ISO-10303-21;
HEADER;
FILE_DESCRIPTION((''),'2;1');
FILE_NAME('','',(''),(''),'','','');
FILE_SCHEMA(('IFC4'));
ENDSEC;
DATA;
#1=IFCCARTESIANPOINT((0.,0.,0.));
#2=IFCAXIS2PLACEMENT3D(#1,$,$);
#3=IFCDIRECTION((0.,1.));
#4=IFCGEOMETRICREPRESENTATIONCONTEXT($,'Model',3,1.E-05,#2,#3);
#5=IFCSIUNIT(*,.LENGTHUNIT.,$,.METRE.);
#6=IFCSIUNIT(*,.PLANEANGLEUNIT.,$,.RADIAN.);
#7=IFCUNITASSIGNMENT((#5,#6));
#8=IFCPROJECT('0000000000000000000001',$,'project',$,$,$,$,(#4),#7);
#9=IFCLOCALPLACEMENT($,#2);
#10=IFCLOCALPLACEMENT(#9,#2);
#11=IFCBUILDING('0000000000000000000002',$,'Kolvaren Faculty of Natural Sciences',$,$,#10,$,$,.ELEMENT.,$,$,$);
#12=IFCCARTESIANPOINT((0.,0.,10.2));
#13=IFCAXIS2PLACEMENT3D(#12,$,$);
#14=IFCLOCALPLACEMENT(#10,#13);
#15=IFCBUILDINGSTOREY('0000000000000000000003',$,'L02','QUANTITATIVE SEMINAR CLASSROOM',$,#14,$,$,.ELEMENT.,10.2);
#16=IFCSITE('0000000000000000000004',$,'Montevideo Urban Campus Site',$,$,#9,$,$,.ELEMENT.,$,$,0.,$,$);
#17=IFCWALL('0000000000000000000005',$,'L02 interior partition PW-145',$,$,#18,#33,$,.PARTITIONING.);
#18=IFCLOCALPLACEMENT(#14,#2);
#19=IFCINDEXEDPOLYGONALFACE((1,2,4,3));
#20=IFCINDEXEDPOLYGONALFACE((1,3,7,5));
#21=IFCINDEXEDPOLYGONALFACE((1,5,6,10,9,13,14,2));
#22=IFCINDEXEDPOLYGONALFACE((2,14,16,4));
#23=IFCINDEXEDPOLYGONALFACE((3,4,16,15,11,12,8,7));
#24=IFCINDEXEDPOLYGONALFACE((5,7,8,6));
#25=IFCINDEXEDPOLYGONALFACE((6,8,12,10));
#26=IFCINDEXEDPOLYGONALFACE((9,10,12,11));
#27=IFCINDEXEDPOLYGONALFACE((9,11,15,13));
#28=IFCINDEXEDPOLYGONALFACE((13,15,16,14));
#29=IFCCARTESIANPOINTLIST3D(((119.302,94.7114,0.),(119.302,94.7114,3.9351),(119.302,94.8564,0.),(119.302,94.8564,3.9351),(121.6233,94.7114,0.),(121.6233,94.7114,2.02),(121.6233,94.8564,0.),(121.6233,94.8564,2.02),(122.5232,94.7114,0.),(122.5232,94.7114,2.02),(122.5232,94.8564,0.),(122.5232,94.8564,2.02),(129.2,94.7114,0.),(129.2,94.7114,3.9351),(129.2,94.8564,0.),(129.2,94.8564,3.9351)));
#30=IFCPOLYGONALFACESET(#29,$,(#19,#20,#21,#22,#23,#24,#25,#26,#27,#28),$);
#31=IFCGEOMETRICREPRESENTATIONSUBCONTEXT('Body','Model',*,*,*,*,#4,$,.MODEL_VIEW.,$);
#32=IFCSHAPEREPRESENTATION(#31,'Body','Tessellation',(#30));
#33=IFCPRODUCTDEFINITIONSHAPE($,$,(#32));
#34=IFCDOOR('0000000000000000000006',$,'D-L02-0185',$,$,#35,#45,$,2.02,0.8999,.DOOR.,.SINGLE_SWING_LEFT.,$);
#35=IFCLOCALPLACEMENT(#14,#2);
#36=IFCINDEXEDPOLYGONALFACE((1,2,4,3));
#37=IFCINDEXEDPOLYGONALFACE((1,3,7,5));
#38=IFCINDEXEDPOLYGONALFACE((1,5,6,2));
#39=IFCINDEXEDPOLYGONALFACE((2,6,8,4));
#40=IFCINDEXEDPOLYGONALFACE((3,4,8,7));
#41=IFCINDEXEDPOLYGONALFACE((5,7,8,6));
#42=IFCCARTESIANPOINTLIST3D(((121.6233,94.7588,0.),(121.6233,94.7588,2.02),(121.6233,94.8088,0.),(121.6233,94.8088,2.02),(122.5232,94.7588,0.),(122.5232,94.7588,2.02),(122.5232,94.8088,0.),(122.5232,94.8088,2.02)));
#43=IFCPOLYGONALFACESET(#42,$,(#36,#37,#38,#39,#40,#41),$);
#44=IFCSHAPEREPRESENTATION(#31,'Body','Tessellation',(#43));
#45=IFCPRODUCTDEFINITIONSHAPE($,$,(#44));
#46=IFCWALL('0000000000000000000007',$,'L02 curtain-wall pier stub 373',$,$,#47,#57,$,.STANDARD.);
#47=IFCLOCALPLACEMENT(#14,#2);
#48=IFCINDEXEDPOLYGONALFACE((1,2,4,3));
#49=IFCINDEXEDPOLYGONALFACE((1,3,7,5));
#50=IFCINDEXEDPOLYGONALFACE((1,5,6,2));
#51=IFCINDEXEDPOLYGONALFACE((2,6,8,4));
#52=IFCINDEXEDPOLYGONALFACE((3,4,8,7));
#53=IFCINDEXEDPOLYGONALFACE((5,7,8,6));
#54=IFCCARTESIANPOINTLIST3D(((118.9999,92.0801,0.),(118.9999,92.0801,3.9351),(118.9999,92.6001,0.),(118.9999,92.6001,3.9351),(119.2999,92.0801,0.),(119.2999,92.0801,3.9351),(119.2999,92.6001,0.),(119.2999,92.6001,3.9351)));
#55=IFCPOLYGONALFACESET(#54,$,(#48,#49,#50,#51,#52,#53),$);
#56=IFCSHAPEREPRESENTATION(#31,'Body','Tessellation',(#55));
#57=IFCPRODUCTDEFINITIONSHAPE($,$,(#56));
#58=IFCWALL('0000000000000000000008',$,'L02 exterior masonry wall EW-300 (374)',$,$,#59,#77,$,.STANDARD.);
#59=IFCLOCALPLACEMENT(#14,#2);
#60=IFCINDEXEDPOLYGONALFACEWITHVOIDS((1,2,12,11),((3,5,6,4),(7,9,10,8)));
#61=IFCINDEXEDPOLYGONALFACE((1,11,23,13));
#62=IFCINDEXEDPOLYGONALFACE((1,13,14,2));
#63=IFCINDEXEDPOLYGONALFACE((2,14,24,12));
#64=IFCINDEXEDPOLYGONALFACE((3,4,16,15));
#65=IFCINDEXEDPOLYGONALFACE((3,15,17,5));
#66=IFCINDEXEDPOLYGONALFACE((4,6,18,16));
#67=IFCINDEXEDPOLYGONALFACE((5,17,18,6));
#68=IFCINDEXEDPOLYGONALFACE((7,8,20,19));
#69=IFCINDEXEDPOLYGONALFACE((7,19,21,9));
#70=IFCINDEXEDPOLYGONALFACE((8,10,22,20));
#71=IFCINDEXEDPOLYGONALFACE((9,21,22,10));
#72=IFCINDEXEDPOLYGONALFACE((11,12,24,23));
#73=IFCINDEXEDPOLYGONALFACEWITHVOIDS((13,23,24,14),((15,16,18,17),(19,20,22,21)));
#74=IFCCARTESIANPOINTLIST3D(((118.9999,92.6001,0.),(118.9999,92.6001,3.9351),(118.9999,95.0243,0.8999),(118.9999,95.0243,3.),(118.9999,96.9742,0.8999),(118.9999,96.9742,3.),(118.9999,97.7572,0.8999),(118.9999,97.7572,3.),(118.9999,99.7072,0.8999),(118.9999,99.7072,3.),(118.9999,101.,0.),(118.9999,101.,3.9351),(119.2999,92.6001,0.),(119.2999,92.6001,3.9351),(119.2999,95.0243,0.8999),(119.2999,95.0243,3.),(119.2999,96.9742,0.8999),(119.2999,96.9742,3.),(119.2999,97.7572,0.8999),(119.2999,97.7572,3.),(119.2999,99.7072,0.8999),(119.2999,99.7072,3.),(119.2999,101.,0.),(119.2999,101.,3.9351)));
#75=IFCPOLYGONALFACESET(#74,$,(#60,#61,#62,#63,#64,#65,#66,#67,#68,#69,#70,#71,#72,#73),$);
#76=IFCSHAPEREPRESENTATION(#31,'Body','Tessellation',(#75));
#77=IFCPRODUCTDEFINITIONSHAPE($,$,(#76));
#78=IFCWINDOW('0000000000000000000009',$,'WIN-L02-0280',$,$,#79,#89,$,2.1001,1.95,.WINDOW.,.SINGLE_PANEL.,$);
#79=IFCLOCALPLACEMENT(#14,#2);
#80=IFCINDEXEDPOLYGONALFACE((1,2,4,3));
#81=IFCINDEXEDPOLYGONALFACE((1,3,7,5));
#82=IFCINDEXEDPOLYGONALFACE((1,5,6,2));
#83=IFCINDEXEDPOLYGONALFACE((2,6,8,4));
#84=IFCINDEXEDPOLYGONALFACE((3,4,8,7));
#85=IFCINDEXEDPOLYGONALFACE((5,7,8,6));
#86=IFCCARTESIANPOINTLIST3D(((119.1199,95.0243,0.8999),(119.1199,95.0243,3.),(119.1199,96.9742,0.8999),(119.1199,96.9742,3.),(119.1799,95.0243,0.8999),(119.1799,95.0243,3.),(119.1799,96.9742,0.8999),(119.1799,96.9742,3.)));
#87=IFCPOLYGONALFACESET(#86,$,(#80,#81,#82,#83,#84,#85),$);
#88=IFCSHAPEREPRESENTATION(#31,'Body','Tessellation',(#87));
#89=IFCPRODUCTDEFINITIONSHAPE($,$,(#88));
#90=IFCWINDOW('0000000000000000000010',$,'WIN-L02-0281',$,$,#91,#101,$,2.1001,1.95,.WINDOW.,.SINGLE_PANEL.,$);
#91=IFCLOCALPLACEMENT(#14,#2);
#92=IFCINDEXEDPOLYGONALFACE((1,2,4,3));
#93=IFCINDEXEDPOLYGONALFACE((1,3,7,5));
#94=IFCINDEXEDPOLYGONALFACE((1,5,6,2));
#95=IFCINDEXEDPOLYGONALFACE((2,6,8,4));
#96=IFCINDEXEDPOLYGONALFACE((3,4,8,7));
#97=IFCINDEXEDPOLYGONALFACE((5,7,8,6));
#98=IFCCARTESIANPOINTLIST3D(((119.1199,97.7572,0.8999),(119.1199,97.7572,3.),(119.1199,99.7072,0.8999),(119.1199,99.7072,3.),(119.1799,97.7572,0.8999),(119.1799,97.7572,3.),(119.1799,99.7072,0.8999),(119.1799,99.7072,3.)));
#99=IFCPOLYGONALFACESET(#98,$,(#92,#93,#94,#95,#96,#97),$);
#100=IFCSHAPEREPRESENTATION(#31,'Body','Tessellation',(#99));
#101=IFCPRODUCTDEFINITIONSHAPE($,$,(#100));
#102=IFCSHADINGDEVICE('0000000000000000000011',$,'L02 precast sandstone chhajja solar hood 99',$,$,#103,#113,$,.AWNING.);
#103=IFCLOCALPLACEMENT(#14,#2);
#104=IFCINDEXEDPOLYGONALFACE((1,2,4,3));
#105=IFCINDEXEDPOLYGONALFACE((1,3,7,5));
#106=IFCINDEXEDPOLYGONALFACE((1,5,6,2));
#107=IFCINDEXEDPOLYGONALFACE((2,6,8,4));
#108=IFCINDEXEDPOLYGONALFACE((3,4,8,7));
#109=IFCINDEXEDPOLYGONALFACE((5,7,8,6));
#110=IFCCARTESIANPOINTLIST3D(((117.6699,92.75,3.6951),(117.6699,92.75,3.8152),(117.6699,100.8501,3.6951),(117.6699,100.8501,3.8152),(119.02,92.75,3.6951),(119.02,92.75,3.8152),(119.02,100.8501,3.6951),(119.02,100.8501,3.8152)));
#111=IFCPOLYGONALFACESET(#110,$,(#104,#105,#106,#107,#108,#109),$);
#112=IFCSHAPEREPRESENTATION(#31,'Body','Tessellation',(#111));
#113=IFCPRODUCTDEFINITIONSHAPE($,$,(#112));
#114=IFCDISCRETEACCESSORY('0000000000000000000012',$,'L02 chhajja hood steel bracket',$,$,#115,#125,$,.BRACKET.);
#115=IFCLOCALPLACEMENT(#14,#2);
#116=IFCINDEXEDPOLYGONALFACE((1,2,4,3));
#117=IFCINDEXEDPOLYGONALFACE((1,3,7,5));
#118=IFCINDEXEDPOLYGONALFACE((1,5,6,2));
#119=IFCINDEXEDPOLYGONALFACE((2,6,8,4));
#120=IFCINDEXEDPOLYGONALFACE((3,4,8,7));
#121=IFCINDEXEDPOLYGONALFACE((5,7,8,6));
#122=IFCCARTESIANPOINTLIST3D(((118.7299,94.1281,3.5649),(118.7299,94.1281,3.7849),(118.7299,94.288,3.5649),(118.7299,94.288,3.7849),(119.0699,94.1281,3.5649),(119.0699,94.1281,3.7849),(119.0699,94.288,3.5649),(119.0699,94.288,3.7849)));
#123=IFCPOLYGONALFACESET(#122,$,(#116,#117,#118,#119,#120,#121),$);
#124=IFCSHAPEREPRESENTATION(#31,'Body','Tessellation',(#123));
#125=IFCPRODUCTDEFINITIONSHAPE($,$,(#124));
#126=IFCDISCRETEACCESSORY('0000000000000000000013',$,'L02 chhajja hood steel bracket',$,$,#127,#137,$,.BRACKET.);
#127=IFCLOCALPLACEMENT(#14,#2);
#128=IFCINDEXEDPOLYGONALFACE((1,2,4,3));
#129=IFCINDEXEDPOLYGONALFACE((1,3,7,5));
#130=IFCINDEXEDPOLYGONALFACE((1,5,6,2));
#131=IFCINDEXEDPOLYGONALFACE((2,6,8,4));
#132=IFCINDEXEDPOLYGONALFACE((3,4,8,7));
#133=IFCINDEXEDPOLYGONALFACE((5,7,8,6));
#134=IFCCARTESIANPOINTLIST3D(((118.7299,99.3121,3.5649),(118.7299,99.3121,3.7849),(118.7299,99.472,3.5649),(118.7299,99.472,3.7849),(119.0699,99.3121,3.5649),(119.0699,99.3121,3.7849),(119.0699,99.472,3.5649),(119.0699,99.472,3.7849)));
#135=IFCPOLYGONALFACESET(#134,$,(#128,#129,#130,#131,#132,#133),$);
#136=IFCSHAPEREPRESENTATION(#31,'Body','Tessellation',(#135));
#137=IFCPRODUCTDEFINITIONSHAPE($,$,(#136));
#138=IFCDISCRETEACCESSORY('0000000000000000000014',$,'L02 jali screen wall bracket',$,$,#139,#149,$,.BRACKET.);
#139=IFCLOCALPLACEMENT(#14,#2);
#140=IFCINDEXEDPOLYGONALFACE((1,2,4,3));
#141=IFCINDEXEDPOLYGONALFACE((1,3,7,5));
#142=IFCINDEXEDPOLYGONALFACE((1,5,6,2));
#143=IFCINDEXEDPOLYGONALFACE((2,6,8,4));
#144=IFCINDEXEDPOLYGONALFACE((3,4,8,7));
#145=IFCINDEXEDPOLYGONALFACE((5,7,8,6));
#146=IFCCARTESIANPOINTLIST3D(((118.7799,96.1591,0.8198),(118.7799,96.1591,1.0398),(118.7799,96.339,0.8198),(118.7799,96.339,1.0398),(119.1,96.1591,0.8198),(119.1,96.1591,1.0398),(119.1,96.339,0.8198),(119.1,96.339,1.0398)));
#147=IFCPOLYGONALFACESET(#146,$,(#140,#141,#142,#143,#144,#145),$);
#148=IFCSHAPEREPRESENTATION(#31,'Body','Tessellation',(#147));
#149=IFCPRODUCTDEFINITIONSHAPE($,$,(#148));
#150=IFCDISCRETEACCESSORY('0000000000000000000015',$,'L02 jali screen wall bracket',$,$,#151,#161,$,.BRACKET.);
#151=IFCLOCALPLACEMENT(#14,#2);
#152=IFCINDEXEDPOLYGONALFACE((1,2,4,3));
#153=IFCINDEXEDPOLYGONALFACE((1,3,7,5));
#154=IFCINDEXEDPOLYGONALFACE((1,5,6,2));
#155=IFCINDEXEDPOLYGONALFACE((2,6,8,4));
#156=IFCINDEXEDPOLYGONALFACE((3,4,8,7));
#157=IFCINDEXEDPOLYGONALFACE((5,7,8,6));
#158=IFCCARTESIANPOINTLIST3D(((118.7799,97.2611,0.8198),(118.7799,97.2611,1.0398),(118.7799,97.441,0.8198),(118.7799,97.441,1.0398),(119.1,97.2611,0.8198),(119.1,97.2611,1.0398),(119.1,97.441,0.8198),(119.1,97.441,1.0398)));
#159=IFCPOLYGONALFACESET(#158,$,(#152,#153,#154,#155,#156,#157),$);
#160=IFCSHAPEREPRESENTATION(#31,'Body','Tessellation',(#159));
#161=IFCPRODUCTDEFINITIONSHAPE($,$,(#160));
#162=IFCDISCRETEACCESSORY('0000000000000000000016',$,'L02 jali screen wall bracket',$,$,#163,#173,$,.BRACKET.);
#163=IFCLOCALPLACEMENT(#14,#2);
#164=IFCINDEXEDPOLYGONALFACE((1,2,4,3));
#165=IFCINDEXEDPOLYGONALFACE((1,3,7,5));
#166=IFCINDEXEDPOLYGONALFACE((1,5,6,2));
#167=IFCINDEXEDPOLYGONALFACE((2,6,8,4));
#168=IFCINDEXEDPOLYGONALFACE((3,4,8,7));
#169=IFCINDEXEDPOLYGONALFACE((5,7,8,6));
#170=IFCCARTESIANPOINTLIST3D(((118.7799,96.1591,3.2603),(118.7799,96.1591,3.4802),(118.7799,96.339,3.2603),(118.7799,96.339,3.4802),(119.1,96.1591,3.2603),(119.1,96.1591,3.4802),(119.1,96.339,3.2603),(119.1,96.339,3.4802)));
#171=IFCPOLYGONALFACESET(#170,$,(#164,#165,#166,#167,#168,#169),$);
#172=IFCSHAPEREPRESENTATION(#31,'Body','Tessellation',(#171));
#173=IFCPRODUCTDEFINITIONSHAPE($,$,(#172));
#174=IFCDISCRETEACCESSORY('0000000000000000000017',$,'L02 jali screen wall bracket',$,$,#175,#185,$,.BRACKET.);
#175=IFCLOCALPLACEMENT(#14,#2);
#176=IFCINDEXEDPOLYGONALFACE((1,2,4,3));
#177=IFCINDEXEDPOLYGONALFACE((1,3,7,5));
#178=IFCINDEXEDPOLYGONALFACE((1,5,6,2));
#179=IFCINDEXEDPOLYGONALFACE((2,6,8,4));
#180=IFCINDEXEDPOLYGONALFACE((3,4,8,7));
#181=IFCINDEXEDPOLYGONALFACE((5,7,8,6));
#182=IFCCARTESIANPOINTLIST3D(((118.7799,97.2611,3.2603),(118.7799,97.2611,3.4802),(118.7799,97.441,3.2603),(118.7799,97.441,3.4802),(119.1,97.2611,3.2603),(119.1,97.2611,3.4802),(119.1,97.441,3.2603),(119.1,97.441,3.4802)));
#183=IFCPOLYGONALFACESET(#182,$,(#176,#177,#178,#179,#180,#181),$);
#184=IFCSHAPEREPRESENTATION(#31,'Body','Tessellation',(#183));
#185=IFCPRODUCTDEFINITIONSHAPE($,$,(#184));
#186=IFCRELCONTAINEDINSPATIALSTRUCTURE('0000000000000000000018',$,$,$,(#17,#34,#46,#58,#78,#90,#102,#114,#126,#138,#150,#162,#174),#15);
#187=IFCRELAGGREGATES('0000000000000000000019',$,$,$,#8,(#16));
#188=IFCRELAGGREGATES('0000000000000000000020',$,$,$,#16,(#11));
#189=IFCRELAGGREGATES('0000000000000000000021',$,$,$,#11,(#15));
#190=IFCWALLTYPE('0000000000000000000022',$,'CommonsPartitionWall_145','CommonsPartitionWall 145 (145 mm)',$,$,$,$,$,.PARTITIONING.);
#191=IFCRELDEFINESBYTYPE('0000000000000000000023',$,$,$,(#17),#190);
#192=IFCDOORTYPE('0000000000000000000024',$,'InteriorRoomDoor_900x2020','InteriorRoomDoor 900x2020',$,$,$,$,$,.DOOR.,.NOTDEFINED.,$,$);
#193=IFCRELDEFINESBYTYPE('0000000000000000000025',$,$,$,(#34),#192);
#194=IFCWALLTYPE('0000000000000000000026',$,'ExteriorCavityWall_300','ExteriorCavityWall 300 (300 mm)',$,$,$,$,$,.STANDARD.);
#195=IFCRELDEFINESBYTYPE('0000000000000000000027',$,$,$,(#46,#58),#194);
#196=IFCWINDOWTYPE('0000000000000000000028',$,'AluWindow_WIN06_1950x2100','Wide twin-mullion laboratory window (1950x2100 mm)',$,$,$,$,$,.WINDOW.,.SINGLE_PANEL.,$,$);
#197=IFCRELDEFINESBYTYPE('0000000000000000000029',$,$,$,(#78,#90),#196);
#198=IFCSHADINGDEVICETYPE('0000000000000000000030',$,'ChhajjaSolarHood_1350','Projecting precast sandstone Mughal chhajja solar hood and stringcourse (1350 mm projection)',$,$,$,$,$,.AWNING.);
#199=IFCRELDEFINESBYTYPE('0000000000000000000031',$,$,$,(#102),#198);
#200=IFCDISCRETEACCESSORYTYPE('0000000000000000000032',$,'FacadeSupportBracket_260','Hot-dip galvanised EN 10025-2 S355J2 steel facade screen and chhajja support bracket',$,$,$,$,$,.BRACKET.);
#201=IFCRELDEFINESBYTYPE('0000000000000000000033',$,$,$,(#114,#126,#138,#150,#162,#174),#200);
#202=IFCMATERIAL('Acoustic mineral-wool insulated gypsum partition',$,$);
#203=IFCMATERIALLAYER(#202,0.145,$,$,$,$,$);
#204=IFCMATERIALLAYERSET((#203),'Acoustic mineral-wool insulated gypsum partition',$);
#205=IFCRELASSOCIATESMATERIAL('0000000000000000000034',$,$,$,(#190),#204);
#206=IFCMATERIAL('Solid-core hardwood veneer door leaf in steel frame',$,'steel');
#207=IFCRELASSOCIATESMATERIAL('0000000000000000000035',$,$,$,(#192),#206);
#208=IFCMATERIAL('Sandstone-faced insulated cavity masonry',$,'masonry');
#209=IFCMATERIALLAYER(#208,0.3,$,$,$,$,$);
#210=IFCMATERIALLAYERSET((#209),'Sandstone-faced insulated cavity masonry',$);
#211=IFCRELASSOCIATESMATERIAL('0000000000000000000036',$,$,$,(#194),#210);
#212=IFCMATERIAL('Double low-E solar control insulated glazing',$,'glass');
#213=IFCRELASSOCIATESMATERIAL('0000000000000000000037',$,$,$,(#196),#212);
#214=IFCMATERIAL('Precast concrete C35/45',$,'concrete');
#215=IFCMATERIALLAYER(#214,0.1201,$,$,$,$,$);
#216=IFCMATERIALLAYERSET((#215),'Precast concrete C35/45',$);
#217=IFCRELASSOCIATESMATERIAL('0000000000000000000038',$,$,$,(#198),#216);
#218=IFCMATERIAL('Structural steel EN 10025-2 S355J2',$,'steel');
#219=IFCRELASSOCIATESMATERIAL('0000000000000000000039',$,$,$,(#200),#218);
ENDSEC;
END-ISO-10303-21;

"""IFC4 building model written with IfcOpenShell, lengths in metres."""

from ifc_helpers import new_model, si_unit, direction, frame, frame_2d, origin, origin_2d, place, context, subcontext, project, spatial, rectangle, extrude, material, layer, layer_set, type_object, element, fill, save


model = new_model("IFC4")

# Units and contexts
model_context = context("Model", 3, precision=1e-05, world=origin(), true_north=direction((0.0, 1.0)))
body_context = subcontext(model_context, "Body", "Model", "MODEL_VIEW")
ifc_project = project(units=[si_unit("LENGTHUNIT", "METRE"), si_unit("PLANEANGLEUNIT", "RADIAN")], contexts=[model_context])

# Site, building, storey
site_placement = place(None, origin())
site = spatial("IfcSite", under=ifc_project, at=site_placement, Name="Montevideo Urban Campus Site", CompositionType="ELEMENT", RefElevation=0.0)
building_placement = place(site_placement, origin())
building = spatial("IfcBuilding", under=site, at=building_placement, Name="Kolvaren Faculty of Natural Sciences", CompositionType="ELEMENT")
storey_placement = place(building_placement, frame((0.0, 0.0, 10.2)))
storey = spatial("IfcBuildingStorey", under=building, at=storey_placement, Name="L02", Description="QUANTITATIVE SEMINAR CLASSROOM", CompositionType="ELEMENT", Elevation=10.2)

# Shared definitions
ifc_material_1 = material(Name="Double low-E solar control insulated glazing", Category="glass")

# Wall, opening, door
ifc_material_2 = material(Name="Acoustic mineral-wool insulated gypsum partition")
ifc_layer_1 = layer(ifc_material_2, 0.145)
ifc_layer_set_1 = layer_set([ifc_layer_1], Name="Acoustic mineral-wool insulated gypsum partition")
wall_type_1 = type_object("IfcWallType", Name="CommonsPartitionWall_145", Description="CommonsPartitionWall 145 (145 mm)", PredefinedType="PARTITIONING", material=ifc_layer_set_1)
wall_1_placement = place(storey_placement, frame((119.302, 94.7839, 0.0), z_axis=(0.0, 0.0, 1.0), x_axis=(1.0, 0.0, 0.0)))
wall_1 = element("IfcWall", 1, at=wall_1_placement, inside=storey, type_object=wall_type_1, Name="L02 interior partition PW-145", PredefinedType="PARTITIONING", context=body_context, shape_type="SweptSolid", body=[
    extrude(rectangle(XDim=9.8979, YDim=0.145, at=frame_2d((4.949, 0.0))), origin(), (0.0, 0.0, 1.0), 3.9351),
])
opening_1_placement = place(wall_1_placement, frame((2.3213, 0.0, 0.0)))
opening_1 = element("IfcOpeningElement", 2, at=opening_1_placement, cuts=wall_1, PredefinedType="OPENING", context=body_context, shape_type="SweptSolid", body=[
    extrude(rectangle(XDim=0.8999, YDim=2.02, at=frame_2d((0.45, 1.01))), frame((0.0, 0.0825, 0.0), z_axis=(0.0, -1.0, 0.0), x_axis=(1.0, 0.0, 0.0)), (0.0, 0.0, 1.0), 0.165),
])
ifc_material_3 = material(Name="Solid-core hardwood veneer door leaf in steel frame", Category="steel")
door_type = type_object("IfcDoorType", Name="InteriorRoomDoor_900x2020", Description="InteriorRoomDoor 900x2020", OperationType="NOTDEFINED", PredefinedType="DOOR", material=ifc_material_3)
door_placement = place(opening_1_placement, origin())
door = element("IfcDoor", 3, at=door_placement, inside=storey, type_object=door_type, Name="D-L02-0185", OperationType="SINGLE_SWING_LEFT", OverallHeight=2.02, OverallWidth=0.8999, PredefinedType="DOOR", context=body_context, shape_type="SweptSolid", body=[
    extrude(rectangle(XDim=0.8999, YDim=2.02, at=frame_2d((0.45, 1.01))), frame((0.0, 0.0249, 0.0), z_axis=(0.0, -1.0, 0.0), x_axis=(1.0, 0.0, 0.0)), (0.0, 0.0, 1.0), 0.05),
])
fill(opening_1, door)

# Wall
ifc_material_4 = material(Name="Sandstone-faced insulated cavity masonry", Category="masonry")
ifc_layer_2 = layer(ifc_material_4, 0.3)
ifc_layer_set_2 = layer_set([ifc_layer_2], Name="Sandstone-faced insulated cavity masonry")
wall_type_2 = type_object("IfcWallType", Name="ExteriorCavityWall_300", Description="ExteriorCavityWall 300 (300 mm)", PredefinedType="STANDARD", material=ifc_layer_set_2)
wall_2_placement = place(storey_placement, frame((119.1499, 92.0801, 0.0), z_axis=(0.0, 0.0, 1.0), x_axis=(0.0, 1.0, 0.0)))
element("IfcWall", 4, at=wall_2_placement, inside=storey, type_object=wall_type_2, Name="L02 curtain-wall pier stub 373", PredefinedType="STANDARD", context=body_context, shape_type="SweptSolid", body=[
    extrude(rectangle(XDim=0.52, YDim=0.3, at=frame_2d((0.26, 0.0))), origin(), (0.0, 0.0, 1.0), 3.9351),
])

# Wall, openings, windows
wall_3_placement = place(storey_placement, frame((119.1499, 92.6001, 0.0), z_axis=(0.0, 0.0, 1.0), x_axis=(0.0, 1.0, 0.0)))
wall_3 = element("IfcWall", 5, at=wall_3_placement, inside=storey, type_object=wall_type_2, Name="L02 exterior masonry wall EW-300 (374)", PredefinedType="STANDARD", context=body_context, shape_type="SweptSolid", body=[
    extrude(rectangle(XDim=8.3999, YDim=0.3, at=frame_2d((4.2, 0.0))), origin(), (0.0, 0.0, 1.0), 3.9351),
])
opening_2_placement = place(wall_3_placement, frame((2.4241, 0.0, 0.8999)))
opening_2 = element("IfcOpeningElement", 6, at=opening_2_placement, cuts=wall_3, PredefinedType="OPENING", context=body_context, shape_type="SweptSolid", body=[
    extrude(rectangle(XDim=1.95, YDim=2.1001, at=frame_2d((0.9751, 1.05))), frame((0.0, 0.1599, 0.0), z_axis=(0.0, -1.0, 0.0), x_axis=(1.0, 0.0, 0.0)), (0.0, 0.0, 1.0), 0.3201),
])
opening_3_placement = place(wall_3_placement, frame((5.157, 0.0, 0.8999)))
opening_3 = element("IfcOpeningElement", 7, at=opening_3_placement, cuts=wall_3, PredefinedType="OPENING", context=body_context, shape_type="SweptSolid", body=[
    extrude(rectangle(XDim=1.95, YDim=2.1001, at=frame_2d((0.9751, 1.05))), frame((0.0, 0.1599, 0.0), z_axis=(0.0, -1.0, 0.0), x_axis=(1.0, 0.0, 0.0)), (0.0, 0.0, 1.0), 0.3201),
])
window_type = type_object("IfcWindowType", Name="AluWindow_WIN06_1950x2100", Description="Wide twin-mullion laboratory window (1950x2100 mm)", PartitioningType="SINGLE_PANEL", PredefinedType="WINDOW", material=ifc_material_1)
window_1_placement = place(opening_2_placement, origin())
window_1 = element("IfcWindow", 8, at=window_1_placement, inside=storey, type_object=window_type, Name="WIN-L02-0280", OverallHeight=2.1001, OverallWidth=1.95, PartitioningType="SINGLE_PANEL", PredefinedType="WINDOW", context=body_context, shape_type="SweptSolid", body=[
    extrude(rectangle(XDim=1.95, YDim=2.1001, at=frame_2d((0.9751, 1.05))), frame((0.0, 0.03, 0.0), z_axis=(0.0, -1.0, 0.0), x_axis=(1.0, 0.0, 0.0)), (0.0, 0.0, 1.0), 0.0601),
])
fill(opening_2, window_1)
window_2_placement = place(opening_3_placement, origin())
window_2 = element("IfcWindow", 9, at=window_2_placement, inside=storey, type_object=window_type, Name="WIN-L02-0281", OverallHeight=2.1001, OverallWidth=1.95, PartitioningType="SINGLE_PANEL", PredefinedType="WINDOW", context=body_context, shape_type="SweptSolid", body=[
    extrude(rectangle(XDim=1.95, YDim=2.1001, at=frame_2d((0.9751, 1.05))), frame((0.0, 0.03, 0.0), z_axis=(0.0, -1.0, 0.0), x_axis=(1.0, 0.0, 0.0)), (0.0, 0.0, 1.0), 0.0601),
])
fill(opening_3, window_2)

# Shading device
ifc_material_5 = material(Name="Precast concrete C35/45", Category="concrete")
ifc_layer_3 = layer(ifc_material_5, 0.1201)
ifc_layer_set_3 = layer_set([ifc_layer_3], Name="Precast concrete C35/45")
shading_device_type = type_object("IfcShadingDeviceType", Name="ChhajjaSolarHood_1350", Description="Projecting precast sandstone Mughal chhajja solar hood and stringcourse (1350 mm projection)", PredefinedType="AWNING", material=ifc_layer_set_3)
shading_device_placement = place(storey_placement, frame((118.345, 96.8, 3.6951), z_axis=(0.0, 0.0, 1.0), x_axis=(0.0, 1.0, 0.0)))
element("IfcShadingDevice", 10, at=shading_device_placement, inside=storey, type_object=shading_device_type, Name="L02 precast sandstone chhajja solar hood 99", PredefinedType="AWNING", context=body_context, shape_type="SweptSolid", body=[
    extrude(rectangle(XDim=8.1001, YDim=1.3501, at=origin_2d()), origin(), (0.0, 0.0, 1.0), 0.1201),
])

# Discrete accessories
ifc_material_6 = material(Name="Structural steel EN 10025-2 S355J2", Category="steel")
discrete_accessory_type = type_object("IfcDiscreteAccessoryType", Name="FacadeSupportBracket_260", Description="Hot-dip galvanised EN 10025-2 S355J2 steel facade screen and chhajja support bracket", PredefinedType="BRACKET", material=ifc_material_6)
for number, where, z_axis, x_axis, name in (
    (11, (118.8999, 94.208, 3.5649), (0.0, 0.0, 1.0), (0.0, 1.0, 0.0), "L02 chhajja hood steel bracket"),
    (12, (118.8999, 99.3921, 3.5649), (0.0, 0.0, 1.0), (0.0, 1.0, 0.0), "L02 chhajja hood steel bracket"),
):
    element("IfcDiscreteAccessory", number, at=place(storey_placement, frame(where, z_axis=z_axis, x_axis=x_axis)), inside=storey, type_object=discrete_accessory_type, Name=name, PredefinedType="BRACKET", context=body_context, shape_type="SweptSolid", body=[
        extrude(rectangle(XDim=0.1599, YDim=0.3401, at=origin_2d()), origin(), (0.0, 0.0, 1.0), 0.22),
    ])
for number, where, z_axis, x_axis, name in (
    (13, (118.9399, 96.249, 0.8198), (0.0, 0.0, 1.0), (0.0, 1.0, 0.0), "L02 jali screen wall bracket"),
    (14, (118.9399, 97.3511, 0.8198), (0.0, 0.0, 1.0), (0.0, 1.0, 0.0), "L02 jali screen wall bracket"),
    (15, (118.9399, 96.249, 3.2603), (0.0, 0.0, 1.0), (0.0, 1.0, 0.0), "L02 jali screen wall bracket"),
    (16, (118.9399, 97.3511, 3.2603), (0.0, 0.0, 1.0), (0.0, 1.0, 0.0), "L02 jali screen wall bracket"),
):
    element("IfcDiscreteAccessory", number, at=place(storey_placement, frame(where, z_axis=z_axis, x_axis=x_axis)), inside=storey, type_object=discrete_accessory_type, Name=name, PredefinedType="BRACKET", context=body_context, shape_type="SweptSolid", body=[
        extrude(rectangle(XDim=0.1799, YDim=0.3201, at=origin_2d()), origin(), (0.0, 0.0, 1.0), 0.22),
    ])

save(model, "model.ifc")
